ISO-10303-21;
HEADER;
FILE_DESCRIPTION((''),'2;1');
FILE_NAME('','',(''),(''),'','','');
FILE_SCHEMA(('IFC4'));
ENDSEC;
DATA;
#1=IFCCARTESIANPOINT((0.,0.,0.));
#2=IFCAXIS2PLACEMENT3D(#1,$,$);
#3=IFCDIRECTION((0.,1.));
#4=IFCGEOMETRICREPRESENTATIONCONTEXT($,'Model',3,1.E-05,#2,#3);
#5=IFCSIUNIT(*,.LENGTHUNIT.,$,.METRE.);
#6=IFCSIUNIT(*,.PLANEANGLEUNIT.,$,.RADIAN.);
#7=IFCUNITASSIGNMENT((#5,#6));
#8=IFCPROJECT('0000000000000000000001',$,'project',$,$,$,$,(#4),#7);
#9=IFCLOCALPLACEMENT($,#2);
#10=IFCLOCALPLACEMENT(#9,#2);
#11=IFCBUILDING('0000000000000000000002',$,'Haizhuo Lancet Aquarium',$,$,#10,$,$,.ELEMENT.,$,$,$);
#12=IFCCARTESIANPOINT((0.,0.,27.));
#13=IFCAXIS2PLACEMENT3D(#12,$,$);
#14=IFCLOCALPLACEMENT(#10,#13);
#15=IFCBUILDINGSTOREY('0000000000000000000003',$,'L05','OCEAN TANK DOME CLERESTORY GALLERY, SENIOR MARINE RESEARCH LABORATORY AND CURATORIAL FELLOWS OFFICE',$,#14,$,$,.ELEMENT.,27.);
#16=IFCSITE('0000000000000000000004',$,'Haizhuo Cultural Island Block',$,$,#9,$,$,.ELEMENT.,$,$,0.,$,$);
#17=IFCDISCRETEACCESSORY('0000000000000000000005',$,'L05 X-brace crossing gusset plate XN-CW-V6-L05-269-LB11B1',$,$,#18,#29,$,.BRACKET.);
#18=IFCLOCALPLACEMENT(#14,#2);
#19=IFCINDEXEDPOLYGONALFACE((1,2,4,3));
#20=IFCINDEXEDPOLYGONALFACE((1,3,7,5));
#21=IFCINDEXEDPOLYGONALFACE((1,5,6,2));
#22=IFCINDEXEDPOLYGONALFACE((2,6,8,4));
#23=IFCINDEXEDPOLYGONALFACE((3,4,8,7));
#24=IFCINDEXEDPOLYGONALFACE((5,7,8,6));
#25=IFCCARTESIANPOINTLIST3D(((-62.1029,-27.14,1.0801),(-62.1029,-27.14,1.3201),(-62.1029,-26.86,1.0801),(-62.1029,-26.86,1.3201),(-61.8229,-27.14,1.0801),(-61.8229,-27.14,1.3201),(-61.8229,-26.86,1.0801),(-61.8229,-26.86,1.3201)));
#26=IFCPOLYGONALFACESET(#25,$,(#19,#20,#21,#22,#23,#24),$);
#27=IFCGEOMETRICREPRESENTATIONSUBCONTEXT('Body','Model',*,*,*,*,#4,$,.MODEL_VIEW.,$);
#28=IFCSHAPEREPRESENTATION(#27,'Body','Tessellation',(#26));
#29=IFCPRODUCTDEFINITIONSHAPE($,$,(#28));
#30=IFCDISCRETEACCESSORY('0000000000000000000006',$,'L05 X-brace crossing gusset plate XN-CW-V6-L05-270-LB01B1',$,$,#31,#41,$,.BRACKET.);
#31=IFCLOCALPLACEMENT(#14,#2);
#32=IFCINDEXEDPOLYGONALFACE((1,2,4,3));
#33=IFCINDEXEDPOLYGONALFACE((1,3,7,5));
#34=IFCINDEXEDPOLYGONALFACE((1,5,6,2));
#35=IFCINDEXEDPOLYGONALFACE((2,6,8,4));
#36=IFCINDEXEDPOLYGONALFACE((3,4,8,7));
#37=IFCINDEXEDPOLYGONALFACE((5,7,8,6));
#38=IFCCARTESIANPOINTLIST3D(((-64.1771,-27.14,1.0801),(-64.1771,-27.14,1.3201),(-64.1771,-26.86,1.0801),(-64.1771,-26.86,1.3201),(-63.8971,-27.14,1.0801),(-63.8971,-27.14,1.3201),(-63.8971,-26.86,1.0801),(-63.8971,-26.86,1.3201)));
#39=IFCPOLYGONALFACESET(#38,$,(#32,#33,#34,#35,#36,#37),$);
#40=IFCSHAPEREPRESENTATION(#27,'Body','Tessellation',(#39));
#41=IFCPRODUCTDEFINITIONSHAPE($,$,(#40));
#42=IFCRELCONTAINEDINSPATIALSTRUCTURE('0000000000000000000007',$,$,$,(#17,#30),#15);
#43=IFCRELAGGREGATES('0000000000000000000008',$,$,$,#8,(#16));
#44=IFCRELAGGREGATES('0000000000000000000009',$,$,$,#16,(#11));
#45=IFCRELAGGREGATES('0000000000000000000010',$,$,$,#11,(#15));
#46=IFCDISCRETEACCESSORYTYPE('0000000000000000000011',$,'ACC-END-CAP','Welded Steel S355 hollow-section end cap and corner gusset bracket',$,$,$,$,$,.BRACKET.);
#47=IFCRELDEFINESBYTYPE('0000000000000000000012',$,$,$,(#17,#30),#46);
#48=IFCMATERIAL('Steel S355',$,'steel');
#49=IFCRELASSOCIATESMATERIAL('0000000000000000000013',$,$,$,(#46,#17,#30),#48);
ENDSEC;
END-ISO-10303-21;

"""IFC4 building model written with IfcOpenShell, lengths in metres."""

from ifc_helpers import new_model, si_unit, direction, frame, origin, origin_2d, place, context, subcontext, project, spatial, rectangle, extrude, material, type_object, element, save


model = new_model("IFC4")

# Units and contexts
model_context = context("Model", 3, precision=1e-05, world=origin(), true_north=direction((0.0, 1.0)))
body_context = subcontext(model_context, "Body", "Model", "MODEL_VIEW")
ifc_project = project(units=[si_unit("LENGTHUNIT", "METRE"), si_unit("PLANEANGLEUNIT", "RADIAN")], contexts=[model_context])

# Site, building, storey
site_placement = place(None, origin())
site = spatial("IfcSite", under=ifc_project, at=site_placement, Name="Haizhuo Cultural Island Block", CompositionType="ELEMENT", RefElevation=0.0)
building_placement = place(site_placement, origin())
building = spatial("IfcBuilding", under=site, at=building_placement, Name="Haizhuo Lancet Aquarium", CompositionType="ELEMENT")
storey_placement = place(building_placement, frame((0.0, 0.0, 27.0)))
storey = spatial("IfcBuildingStorey", under=building, at=storey_placement, Name="L05", Description="OCEAN TANK DOME CLERESTORY GALLERY, SENIOR MARINE RESEARCH LABORATORY AND CURATORIAL FELLOWS OFFICE", CompositionType="ELEMENT", Elevation=27.0)

# Shared definitions
ifc_material_1 = material(Name="Steel S355", Category="steel")

# Discrete accessories
discrete_accessory_type = type_object("IfcDiscreteAccessoryType", Name="ACC-END-CAP", Description="Welded Steel S355 hollow-section end cap and corner gusset bracket", PredefinedType="BRACKET", material=ifc_material_1)
for number, where, z_axis, x_axis, name in (
    (1, (-61.9629, -27.0, 1.0801), (0.0, 0.0, 1.0), (1.0, 0.0, 0.0), "L05 X-brace crossing gusset plate XN-CW-V6-L05-269-LB11B1"),
    (2, (-64.0371, -27.0, 1.0801), (0.0, 0.0, 1.0), (1.0, 0.0, 0.0), "L05 X-brace crossing gusset plate XN-CW-V6-L05-270-LB01B1"),
):
    element("IfcDiscreteAccessory", number, at=place(storey_placement, frame(where, z_axis=z_axis, x_axis=x_axis)), inside=storey, type_object=discrete_accessory_type, material=ifc_material_1, Name=name, PredefinedType="BRACKET", context=body_context, shape_type="SweptSolid", body=[
        extrude(rectangle(XDim=0.28, YDim=0.28, at=origin_2d()), origin(), (0.0, 0.0, 1.0), 0.24),
    ])

save(model, "model.ifc")
